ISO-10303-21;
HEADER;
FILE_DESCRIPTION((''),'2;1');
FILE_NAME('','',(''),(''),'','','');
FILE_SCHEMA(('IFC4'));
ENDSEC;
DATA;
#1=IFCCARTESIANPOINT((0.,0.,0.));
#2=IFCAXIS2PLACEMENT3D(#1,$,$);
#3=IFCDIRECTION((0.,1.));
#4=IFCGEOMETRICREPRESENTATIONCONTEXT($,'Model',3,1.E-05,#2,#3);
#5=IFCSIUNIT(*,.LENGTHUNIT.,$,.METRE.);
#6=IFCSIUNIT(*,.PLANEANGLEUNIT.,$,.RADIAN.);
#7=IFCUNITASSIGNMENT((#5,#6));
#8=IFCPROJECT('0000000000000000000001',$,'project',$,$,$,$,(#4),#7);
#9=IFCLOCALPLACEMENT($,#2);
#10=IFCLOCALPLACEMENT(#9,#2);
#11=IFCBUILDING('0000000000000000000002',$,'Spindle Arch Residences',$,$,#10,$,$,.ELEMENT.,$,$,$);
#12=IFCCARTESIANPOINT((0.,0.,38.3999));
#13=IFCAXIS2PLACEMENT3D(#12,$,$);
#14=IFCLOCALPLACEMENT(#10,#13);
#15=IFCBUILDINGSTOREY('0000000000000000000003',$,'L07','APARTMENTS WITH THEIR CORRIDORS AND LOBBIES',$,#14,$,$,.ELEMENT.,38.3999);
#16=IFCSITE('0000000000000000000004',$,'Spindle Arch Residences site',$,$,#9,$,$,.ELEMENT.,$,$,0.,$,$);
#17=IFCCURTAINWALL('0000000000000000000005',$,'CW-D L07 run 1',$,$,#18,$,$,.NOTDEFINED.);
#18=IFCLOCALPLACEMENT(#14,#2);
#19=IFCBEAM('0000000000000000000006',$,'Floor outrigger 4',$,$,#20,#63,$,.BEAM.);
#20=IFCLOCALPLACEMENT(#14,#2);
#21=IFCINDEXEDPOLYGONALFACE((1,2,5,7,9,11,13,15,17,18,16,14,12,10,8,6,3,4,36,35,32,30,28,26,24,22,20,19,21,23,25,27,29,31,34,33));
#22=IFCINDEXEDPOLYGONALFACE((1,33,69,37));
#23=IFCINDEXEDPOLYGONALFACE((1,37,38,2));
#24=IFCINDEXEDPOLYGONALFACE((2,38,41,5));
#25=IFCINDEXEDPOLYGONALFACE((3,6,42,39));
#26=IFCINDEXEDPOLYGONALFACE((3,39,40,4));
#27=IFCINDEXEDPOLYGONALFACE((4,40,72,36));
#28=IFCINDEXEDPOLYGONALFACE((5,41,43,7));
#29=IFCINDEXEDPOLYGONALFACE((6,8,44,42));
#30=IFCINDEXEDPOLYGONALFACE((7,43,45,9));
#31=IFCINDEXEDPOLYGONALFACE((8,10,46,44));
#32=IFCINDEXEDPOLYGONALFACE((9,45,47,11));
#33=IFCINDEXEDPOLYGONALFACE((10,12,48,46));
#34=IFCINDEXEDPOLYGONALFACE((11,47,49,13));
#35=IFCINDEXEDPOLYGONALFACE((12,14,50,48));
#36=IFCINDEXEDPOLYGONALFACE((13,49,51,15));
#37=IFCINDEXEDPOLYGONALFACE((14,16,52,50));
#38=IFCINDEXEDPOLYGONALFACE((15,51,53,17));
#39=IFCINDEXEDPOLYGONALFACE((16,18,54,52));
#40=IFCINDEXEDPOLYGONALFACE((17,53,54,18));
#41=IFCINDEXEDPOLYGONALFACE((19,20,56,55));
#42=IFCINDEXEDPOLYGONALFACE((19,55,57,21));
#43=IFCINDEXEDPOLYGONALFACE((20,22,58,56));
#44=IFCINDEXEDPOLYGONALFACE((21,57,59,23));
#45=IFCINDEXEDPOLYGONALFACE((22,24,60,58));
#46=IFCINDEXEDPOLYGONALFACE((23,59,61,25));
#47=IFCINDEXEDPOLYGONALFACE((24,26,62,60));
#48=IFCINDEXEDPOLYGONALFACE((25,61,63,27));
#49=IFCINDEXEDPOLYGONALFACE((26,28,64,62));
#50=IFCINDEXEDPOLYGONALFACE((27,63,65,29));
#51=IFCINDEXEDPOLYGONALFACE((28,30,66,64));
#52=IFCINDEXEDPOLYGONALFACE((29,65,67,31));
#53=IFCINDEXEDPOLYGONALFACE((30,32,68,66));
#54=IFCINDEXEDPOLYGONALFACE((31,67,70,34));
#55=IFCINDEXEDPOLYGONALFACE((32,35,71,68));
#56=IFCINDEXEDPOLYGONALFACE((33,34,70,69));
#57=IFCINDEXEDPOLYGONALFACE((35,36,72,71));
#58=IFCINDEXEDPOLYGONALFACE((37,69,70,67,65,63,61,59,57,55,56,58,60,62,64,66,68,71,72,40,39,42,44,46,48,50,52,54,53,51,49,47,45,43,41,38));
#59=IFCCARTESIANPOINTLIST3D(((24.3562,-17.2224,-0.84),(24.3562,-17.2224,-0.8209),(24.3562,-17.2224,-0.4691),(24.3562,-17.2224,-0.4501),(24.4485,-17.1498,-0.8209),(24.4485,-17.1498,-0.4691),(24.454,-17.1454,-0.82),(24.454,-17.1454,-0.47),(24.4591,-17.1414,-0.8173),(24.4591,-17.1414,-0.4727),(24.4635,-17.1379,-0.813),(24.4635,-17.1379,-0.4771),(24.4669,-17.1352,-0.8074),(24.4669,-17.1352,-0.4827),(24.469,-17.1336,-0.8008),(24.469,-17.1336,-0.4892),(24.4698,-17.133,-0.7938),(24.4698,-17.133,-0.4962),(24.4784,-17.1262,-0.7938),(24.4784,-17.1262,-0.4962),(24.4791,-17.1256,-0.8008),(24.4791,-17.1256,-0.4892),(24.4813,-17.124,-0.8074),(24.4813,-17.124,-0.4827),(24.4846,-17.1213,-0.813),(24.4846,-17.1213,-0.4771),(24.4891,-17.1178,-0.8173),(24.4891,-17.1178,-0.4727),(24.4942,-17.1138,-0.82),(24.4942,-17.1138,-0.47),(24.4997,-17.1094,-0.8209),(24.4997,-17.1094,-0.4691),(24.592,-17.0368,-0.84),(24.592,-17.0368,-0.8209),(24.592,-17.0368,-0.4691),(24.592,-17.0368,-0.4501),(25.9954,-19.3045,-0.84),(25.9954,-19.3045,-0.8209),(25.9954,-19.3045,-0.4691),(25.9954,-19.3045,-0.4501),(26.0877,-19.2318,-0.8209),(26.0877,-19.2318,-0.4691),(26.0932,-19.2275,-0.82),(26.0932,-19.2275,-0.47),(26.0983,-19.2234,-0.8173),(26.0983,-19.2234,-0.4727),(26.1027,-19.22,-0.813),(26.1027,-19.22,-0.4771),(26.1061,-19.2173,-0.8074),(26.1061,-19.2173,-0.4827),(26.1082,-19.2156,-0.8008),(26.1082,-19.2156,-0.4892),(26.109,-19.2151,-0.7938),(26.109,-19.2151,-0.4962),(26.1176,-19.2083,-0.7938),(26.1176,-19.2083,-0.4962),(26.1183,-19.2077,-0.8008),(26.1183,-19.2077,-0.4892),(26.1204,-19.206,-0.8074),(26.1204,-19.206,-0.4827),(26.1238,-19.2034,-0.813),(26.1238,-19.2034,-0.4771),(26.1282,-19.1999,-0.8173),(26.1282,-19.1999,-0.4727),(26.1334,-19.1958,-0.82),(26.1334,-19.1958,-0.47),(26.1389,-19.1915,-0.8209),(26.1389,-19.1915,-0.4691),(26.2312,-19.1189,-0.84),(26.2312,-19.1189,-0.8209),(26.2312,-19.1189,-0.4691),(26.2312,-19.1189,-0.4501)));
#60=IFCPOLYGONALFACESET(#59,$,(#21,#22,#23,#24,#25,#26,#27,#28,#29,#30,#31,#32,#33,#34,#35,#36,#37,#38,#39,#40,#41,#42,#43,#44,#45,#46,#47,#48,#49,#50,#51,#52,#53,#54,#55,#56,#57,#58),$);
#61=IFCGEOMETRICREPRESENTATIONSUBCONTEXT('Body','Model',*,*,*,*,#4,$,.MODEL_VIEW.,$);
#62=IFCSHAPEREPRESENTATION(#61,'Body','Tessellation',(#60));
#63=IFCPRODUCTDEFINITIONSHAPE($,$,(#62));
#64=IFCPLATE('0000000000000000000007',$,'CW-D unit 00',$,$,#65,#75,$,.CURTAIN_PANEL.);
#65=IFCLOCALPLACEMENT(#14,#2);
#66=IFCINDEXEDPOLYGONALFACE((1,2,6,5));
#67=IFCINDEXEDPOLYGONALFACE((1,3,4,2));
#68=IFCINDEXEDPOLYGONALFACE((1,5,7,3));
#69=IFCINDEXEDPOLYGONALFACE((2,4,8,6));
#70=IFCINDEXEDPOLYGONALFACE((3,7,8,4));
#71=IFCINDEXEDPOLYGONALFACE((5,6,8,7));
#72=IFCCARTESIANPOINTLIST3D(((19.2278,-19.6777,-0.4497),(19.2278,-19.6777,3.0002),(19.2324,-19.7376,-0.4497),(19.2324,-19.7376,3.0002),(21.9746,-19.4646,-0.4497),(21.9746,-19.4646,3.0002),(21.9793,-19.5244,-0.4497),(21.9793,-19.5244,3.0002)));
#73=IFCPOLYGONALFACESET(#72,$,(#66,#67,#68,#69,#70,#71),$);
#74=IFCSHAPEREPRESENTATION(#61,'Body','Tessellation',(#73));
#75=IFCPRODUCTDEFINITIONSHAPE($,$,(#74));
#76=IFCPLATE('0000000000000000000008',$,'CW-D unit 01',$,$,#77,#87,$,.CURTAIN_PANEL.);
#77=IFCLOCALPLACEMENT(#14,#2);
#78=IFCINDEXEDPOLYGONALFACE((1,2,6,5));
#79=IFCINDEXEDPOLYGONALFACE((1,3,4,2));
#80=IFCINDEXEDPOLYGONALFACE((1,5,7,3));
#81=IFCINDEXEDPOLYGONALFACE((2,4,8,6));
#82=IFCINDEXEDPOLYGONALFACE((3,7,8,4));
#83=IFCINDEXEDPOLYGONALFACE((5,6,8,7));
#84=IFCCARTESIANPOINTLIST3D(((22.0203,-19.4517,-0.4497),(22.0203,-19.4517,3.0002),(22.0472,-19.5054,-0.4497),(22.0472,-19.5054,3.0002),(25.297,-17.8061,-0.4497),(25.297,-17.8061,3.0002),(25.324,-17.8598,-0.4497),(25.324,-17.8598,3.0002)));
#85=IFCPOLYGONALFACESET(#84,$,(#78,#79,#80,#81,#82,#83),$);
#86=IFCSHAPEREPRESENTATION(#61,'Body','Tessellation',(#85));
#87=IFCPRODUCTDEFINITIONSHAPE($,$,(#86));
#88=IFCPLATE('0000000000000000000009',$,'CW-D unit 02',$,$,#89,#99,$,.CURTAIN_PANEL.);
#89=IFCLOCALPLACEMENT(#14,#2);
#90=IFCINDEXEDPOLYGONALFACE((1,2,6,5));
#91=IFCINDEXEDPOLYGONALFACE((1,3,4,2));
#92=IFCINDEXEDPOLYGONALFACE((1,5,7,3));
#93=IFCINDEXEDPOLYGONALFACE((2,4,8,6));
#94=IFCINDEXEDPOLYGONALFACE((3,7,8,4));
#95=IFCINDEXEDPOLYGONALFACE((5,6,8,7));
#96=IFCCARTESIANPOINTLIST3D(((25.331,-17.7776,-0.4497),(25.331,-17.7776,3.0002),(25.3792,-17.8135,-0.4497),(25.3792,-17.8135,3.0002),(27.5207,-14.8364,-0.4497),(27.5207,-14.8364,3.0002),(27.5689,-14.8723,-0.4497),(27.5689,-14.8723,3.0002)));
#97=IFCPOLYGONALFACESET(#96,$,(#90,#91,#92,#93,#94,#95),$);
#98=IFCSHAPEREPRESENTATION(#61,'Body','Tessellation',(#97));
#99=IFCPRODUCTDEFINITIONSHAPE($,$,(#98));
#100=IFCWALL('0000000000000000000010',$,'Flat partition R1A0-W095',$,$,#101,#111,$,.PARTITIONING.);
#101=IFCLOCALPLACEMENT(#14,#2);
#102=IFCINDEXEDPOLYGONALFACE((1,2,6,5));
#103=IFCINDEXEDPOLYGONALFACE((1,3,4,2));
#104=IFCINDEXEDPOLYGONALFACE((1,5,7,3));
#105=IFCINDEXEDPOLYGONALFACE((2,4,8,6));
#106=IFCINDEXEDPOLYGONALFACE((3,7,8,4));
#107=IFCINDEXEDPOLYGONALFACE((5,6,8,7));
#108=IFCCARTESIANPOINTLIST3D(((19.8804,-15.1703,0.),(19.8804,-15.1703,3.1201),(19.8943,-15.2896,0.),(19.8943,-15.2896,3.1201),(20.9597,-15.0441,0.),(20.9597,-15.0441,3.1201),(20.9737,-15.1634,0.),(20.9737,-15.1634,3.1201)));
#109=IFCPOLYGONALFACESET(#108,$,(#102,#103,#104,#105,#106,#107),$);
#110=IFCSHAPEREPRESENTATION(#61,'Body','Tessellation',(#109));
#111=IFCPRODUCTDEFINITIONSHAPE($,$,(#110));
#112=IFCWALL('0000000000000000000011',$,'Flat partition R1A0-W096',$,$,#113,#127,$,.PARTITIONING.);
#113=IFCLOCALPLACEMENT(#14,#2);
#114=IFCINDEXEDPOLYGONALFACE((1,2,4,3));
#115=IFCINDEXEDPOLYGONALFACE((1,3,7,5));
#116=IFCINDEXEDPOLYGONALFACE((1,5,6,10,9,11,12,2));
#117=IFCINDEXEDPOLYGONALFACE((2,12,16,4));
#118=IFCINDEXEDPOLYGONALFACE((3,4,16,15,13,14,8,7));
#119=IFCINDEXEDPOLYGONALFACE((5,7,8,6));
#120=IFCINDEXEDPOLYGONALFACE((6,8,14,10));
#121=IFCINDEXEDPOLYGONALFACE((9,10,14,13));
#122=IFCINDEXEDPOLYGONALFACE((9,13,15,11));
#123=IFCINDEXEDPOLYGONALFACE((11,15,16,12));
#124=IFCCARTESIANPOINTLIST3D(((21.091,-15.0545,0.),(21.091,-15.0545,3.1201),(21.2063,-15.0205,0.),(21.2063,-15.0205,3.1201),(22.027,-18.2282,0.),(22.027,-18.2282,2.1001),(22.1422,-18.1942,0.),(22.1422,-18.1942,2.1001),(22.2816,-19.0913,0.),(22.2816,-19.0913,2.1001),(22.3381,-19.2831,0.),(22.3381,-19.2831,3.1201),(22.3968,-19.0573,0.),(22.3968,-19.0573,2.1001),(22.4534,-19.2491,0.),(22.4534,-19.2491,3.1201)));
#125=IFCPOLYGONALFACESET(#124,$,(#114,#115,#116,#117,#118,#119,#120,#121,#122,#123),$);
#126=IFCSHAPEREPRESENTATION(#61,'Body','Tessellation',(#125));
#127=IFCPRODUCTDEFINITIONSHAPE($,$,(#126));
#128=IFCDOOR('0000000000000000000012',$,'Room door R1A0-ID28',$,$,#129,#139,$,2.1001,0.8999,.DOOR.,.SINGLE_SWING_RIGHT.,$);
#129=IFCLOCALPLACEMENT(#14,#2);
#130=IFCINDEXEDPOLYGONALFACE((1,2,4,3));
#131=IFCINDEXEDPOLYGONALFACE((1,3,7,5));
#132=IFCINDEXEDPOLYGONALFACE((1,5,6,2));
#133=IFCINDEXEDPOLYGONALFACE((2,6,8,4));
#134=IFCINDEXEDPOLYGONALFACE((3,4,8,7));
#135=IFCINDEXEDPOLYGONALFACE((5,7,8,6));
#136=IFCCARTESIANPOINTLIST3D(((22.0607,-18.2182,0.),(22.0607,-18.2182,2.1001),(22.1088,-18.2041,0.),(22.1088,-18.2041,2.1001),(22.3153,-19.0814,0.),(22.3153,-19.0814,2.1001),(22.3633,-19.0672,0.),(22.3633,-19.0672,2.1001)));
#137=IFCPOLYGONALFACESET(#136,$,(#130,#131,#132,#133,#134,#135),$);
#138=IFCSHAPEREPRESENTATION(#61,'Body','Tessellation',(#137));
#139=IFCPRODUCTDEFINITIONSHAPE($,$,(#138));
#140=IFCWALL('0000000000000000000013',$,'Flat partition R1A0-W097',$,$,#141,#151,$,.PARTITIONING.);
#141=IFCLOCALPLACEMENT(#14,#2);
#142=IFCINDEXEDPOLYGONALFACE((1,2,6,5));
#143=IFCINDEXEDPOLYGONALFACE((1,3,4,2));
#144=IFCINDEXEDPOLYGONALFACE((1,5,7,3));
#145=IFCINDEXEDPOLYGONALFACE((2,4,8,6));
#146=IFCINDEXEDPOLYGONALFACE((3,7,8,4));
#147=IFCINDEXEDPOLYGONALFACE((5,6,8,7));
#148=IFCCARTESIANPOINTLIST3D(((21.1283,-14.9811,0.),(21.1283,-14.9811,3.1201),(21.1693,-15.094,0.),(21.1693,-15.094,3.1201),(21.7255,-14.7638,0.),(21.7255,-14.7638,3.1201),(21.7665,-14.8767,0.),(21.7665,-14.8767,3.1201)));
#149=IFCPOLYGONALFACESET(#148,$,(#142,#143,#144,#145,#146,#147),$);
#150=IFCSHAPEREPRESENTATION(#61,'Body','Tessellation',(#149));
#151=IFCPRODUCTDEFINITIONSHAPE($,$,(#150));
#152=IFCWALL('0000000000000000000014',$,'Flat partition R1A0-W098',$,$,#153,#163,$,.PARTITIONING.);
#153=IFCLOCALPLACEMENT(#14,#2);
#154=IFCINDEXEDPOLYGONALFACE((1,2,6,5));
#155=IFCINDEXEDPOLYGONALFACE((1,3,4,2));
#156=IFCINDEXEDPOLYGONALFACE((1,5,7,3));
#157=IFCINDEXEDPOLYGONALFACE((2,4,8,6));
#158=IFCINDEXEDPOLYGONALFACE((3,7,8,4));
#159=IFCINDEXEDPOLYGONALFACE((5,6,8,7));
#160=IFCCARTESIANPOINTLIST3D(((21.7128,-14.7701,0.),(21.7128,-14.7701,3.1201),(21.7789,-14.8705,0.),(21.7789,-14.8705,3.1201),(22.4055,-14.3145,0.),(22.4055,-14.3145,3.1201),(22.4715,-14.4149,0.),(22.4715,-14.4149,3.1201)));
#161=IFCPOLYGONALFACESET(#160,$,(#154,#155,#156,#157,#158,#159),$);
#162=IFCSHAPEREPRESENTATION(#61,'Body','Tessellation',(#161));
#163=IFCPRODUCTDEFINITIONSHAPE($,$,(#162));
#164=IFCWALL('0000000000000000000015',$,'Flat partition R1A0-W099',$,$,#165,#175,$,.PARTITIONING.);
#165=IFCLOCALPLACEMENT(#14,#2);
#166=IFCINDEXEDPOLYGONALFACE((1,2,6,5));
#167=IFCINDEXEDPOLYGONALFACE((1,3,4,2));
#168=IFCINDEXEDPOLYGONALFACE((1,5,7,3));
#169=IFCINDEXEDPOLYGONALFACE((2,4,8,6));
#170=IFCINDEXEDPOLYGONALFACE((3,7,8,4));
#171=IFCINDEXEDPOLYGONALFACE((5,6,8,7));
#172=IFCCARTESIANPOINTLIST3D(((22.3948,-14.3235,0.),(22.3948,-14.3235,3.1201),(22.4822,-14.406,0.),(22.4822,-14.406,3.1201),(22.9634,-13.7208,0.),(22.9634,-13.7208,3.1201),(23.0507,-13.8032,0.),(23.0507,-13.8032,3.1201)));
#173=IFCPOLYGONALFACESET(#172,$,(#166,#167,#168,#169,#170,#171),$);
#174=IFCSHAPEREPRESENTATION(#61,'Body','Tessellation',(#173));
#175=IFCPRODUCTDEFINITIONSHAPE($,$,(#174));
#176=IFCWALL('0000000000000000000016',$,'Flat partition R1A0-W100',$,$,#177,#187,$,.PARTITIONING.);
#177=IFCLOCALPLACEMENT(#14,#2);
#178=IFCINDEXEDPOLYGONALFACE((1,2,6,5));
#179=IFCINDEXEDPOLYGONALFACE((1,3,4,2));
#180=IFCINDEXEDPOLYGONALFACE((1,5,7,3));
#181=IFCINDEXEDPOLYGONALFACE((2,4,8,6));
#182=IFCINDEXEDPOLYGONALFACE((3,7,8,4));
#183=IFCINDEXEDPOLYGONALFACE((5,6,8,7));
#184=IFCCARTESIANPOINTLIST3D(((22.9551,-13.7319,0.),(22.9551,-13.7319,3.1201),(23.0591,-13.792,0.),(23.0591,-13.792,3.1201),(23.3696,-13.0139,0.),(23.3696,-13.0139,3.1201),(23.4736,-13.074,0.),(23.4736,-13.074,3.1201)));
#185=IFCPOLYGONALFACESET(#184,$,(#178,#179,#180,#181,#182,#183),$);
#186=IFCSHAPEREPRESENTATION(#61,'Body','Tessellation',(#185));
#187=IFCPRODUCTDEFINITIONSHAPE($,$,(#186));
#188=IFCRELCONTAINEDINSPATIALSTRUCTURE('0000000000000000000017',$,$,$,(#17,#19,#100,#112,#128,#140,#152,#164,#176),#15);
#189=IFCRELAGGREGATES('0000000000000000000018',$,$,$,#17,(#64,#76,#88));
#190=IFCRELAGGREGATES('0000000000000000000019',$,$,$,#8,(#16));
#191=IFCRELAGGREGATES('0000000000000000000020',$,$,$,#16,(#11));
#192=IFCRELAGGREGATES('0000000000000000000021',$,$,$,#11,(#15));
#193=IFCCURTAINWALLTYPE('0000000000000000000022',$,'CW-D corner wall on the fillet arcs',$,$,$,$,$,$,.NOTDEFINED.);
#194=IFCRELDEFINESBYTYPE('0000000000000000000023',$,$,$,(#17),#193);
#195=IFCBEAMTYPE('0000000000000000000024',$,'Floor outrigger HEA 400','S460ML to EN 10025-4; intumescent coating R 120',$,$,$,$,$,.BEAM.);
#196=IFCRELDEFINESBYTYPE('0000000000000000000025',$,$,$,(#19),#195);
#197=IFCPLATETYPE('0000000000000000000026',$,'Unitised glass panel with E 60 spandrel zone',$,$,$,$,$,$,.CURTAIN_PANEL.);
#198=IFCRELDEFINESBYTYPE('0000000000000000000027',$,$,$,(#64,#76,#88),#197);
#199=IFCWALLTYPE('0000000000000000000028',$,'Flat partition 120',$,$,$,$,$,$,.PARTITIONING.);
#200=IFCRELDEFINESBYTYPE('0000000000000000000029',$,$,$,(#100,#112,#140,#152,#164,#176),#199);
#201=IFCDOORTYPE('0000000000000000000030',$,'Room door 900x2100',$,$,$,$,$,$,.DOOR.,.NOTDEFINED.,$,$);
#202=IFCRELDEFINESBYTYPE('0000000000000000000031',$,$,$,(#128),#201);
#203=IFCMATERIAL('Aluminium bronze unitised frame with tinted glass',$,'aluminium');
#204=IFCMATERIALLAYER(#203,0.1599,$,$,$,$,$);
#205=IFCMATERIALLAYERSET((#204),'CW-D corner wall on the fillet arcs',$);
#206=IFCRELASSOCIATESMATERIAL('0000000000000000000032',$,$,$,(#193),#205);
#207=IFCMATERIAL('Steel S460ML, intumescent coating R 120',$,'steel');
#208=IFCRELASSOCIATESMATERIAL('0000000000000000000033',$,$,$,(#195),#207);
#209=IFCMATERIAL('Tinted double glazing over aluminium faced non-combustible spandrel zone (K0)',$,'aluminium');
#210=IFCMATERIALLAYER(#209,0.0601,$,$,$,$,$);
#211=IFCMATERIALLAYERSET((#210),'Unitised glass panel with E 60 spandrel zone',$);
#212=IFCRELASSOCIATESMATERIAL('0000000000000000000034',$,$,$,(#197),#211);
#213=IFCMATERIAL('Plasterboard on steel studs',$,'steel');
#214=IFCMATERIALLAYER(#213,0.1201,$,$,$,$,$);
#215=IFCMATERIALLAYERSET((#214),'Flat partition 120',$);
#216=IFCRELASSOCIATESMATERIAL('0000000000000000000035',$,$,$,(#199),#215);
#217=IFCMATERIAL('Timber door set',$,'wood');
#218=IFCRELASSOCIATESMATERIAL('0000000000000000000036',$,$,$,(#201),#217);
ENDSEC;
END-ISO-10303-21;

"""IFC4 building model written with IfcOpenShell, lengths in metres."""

from ifc_helpers import new_model, si_unit, direction, frame, frame_2d, origin, origin_2d, place, context, subcontext, project, spatial, rectangle, i_section, extrude, material, layer, layer_set, material_profile, profile_set, type_object, element, fill, aggregate, save


model = new_model("IFC4")

# Units and contexts
model_context = context("Model", 3, precision=1e-05, world=origin(), true_north=direction((0.0, 1.0)))
body_context = subcontext(model_context, "Body", "Model", "MODEL_VIEW")
ifc_project = project(units=[si_unit("LENGTHUNIT", "METRE"), si_unit("PLANEANGLEUNIT", "RADIAN")], contexts=[model_context])

# Site, building, storey
site_placement = place(None, origin())
site = spatial("IfcSite", under=ifc_project, at=site_placement, Name="Spindle Arch Residences site", CompositionType="ELEMENT", RefElevation=0.0)
building_placement = place(site_placement, origin())
building = spatial("IfcBuilding", under=site, at=building_placement, Name="Spindle Arch Residences", CompositionType="ELEMENT")
storey_placement = place(building_placement, frame((0.0, 0.0, 38.3999)))
storey = spatial("IfcBuildingStorey", under=building, at=storey_placement, Name="L07", Description="APARTMENTS WITH THEIR CORRIDORS AND LOBBIES", CompositionType="ELEMENT", Elevation=38.3999)

# Curtain wall
ifc_material_1 = material(Name="Aluminium bronze unitised frame with tinted glass", Category="aluminium")
ifc_layer_1 = layer(ifc_material_1, 0.1599)
ifc_layer_set_1 = layer_set([ifc_layer_1], Name="CW-D corner wall on the fillet arcs")
curtain_wall_type = type_object("IfcCurtainWallType", Name="CW-D corner wall on the fillet arcs", PredefinedType="NOTDEFINED", material=ifc_layer_set_1)
curtain_wall_placement = place(storey_placement, origin())
curtain_wall = element("IfcCurtainWall", 1, at=curtain_wall_placement, inside=storey, type_object=curtain_wall_type, Name="CW-D L07 run 1", PredefinedType="NOTDEFINED")

# Beam
ifc_material_2 = material(Name="Steel S460ML, intumescent coating R 120", Category="steel")
ifc_material_profile_1 = material_profile(ifc_material_2, i_section(OverallWidth=0.3, OverallDepth=0.3899, WebThickness=0.011, FlangeThickness=0.019, FilletRadius=0.0271, at=origin_2d()), Name="HEA 400")
ifc_profile_set_1 = profile_set([ifc_material_profile_1], Name="Steel S460ML, intumescent coating R 120")
beam_type_1 = type_object("IfcBeamType", Name="Floor outrigger HEA 400", Description="S460ML to EN 10025-4; intumescent coating R 120", PredefinedType="BEAM", material=ifc_profile_set_1)
beam_1_placement = place(storey_placement, frame((26.1133, -19.2117, -0.645), z_axis=(-0.618586, 0.785717, 0.0), x_axis=(-0.785717, -0.618586, 0.0)))
element("IfcBeam", 2, at=beam_1_placement, inside=storey, type_object=beam_type_1, Name="Floor outrigger 4", PredefinedType="BEAM", context=body_context, shape_type="SweptSolid", body=[
    extrude(i_section(OverallWidth=0.3, OverallDepth=0.3899, WebThickness=0.011, FlangeThickness=0.019, FilletRadius=0.0271, at=origin_2d()), origin(), (0.0, 0.0, 1.0), 2.6499),
])

# Plates
ifc_material_3 = material(Name="Tinted double glazing over aluminium faced non-combustible spandrel zone (K0)", Category="aluminium")
ifc_layer_2 = layer(ifc_material_3, 0.0601)
ifc_layer_set_2 = layer_set([ifc_layer_2], Name="Unitised glass panel with E 60 spandrel zone")
plate_type = type_object("IfcPlateType", Name="Unitised glass panel with E 60 spandrel zone", PredefinedType="CURTAIN_PANEL", material=ifc_layer_set_2)
plate_1_placement = place(storey_placement, frame((20.6035, -19.6011, -0.4497), z_axis=(0.0, 0.0, 1.0), x_axis=(0.997003, 0.077364, 0.0)))
plate_1 = element("IfcPlate", 3, at=plate_1_placement, type_object=plate_type, Name="CW-D unit 00", PredefinedType="CURTAIN_PANEL", context=body_context, shape_type="SweptSolid", body=[
    extrude(rectangle(XDim=2.7551, YDim=0.0601, at=origin_2d()), origin(), (0.0, 0.0, 1.0), 3.45),
])
plate_2_placement = place(storey_placement, frame((23.6721, -18.6558, -0.4497), z_axis=(0.0, 0.0, 1.0), x_axis=(0.893633, 0.448799, 0.0)))
plate_2 = element("IfcPlate", 4, at=plate_2_placement, type_object=plate_type, Name="CW-D unit 01", PredefinedType="CURTAIN_PANEL", context=body_context, shape_type="SweptSolid", body=[
    extrude(rectangle(XDim=3.6667, YDim=0.0601, at=origin_2d()), origin(), (0.0, 0.0, 1.0), 3.45),
])
plate_3_placement = place(storey_placement, frame((26.45, -16.325, -0.4497), z_axis=(0.0, 0.0, 1.0), x_axis=(0.597159, 0.802123, 0.0)))
plate_3 = element("IfcPlate", 5, at=plate_3_placement, type_object=plate_type, Name="CW-D unit 02", PredefinedType="CURTAIN_PANEL", context=body_context, shape_type="SweptSolid", body=[
    extrude(rectangle(XDim=3.6667, YDim=0.0601, at=origin_2d()), origin(), (0.0, 0.0, 1.0), 3.45),
])
aggregate(curtain_wall, [plate_1, plate_2, plate_3])

# Wall
ifc_material_4 = material(Name="Plasterboard on steel studs", Category="steel")
ifc_layer_3 = layer(ifc_material_4, 0.1201)
ifc_layer_set_3 = layer_set([ifc_layer_3], Name="Flat partition 120")
wall_type_1 = type_object("IfcWallType", Name="Flat partition 120", PredefinedType="PARTITIONING", material=ifc_layer_set_3)
wall_1_placement = place(storey_placement, frame((20.9668, -15.1038, 0.0), z_axis=(0.0, 0.0, 1.0), x_axis=(-0.993232, -0.11615, 0.0)))
element("IfcWall", 6, at=wall_1_placement, inside=storey, type_object=wall_type_1, Name="Flat partition R1A0-W095", PredefinedType="PARTITIONING", context=body_context, shape_type="SweptSolid", body=[
    extrude(rectangle(XDim=1.0867, YDim=0.1201, at=frame_2d((0.5435, 0.0))), origin(), (0.0, 0.0, 1.0), 3.1201),
])

# Wall, opening, door
wall_2_placement = place(storey_placement, frame((22.3958, -19.2661, 0.0), z_axis=(0.0, 0.0, 1.0), x_axis=(-0.282874, 0.959157, 0.0)))
wall_2 = element("IfcWall", 7, at=wall_2_placement, inside=storey, type_object=wall_type_1, Name="Flat partition R1A0-W096", PredefinedType="PARTITIONING", context=body_context, shape_type="SweptSolid", body=[
    extrude(rectangle(XDim=4.4087, YDim=0.1201, at=frame_2d((2.2043, 0.0))), origin(), (0.0, 0.0, 1.0), 3.1201),
])
opening_placement = place(wall_2_placement, frame((0.2, 0.0, 0.0)))
opening = element("IfcOpeningElement", 8, at=opening_placement, cuts=wall_2, PredefinedType="OPENING", context=body_context, shape_type="SweptSolid", body=[
    extrude(rectangle(XDim=0.8999, YDim=2.1001, at=frame_2d((0.45, 1.05))), frame((0.0, 0.0701, 0.0), z_axis=(0.0, -1.0, 0.0), x_axis=(1.0, 0.0, 0.0)), (0.0, 0.0, 1.0), 0.1401),
])
ifc_material_5 = material(Name="Timber door set", Category="wood")
door_type = type_object("IfcDoorType", Name="Room door 900x2100", OperationType="NOTDEFINED", PredefinedType="DOOR", material=ifc_material_5)
door_placement = place(opening_placement, origin())
door = element("IfcDoor", 9, at=door_placement, inside=storey, type_object=door_type, Name="Room door R1A0-ID28", OperationType="SINGLE_SWING_RIGHT", OverallHeight=2.1001, OverallWidth=0.8999, PredefinedType="DOOR", context=body_context, shape_type="SweptSolid", body=[
    extrude(rectangle(XDim=0.8999, YDim=2.1001, at=frame_2d((0.45, 1.05))), frame((0.0, 0.0249, 0.0), z_axis=(0.0, -1.0, 0.0), x_axis=(1.0, 0.0, 0.0)), (0.0, 0.0, 1.0), 0.05),
])
fill(opening, door)

# Walls
wall_3_placement = place(storey_placement, frame((21.1487, -15.0376, 0.0), z_axis=(0.0, 0.0, 1.0), x_axis=(0.939726, 0.341928, 0.0)))
element("IfcWall", 10, at=wall_3_placement, inside=storey, type_object=wall_type_1, Name="Flat partition R1A0-W097", PredefinedType="PARTITIONING", context=body_context, shape_type="SweptSolid", body=[
    extrude(rectangle(XDim=0.6355, YDim=0.1201, at=frame_2d((0.3179, 0.0))), origin(), (0.0, 0.0, 1.0), 3.1201),
])
wall_4_placement = place(storey_placement, frame((21.7458, -14.8203, 0.0), z_axis=(0.0, 0.0, 1.0), x_axis=(0.835478, 0.549525, 0.0)))
element("IfcWall", 11, at=wall_4_placement, inside=storey, type_object=wall_type_1, Name="Flat partition R1A0-W098", PredefinedType="PARTITIONING", context=body_context, shape_type="SweptSolid", body=[
    extrude(rectangle(XDim=0.8291, YDim=0.1201, at=frame_2d((0.4146, 0.0))), origin(), (0.0, 0.0, 1.0), 3.1201),
])
wall_5_placement = place(storey_placement, frame((22.4385, -14.3647, 0.0), z_axis=(0.0, 0.0, 1.0), x_axis=(0.686182, 0.72743, 0.0)))
element("IfcWall", 12, at=wall_5_placement, inside=storey, type_object=wall_type_1, Name="Flat partition R1A0-W099", PredefinedType="PARTITIONING", context=body_context, shape_type="SweptSolid", body=[
    extrude(rectangle(XDim=0.8286, YDim=0.1201, at=frame_2d((0.4143, 0.0))), origin(), (0.0, 0.0, 1.0), 3.1201),
])
wall_6_placement = place(storey_placement, frame((23.0071, -13.762, 0.0), z_axis=(0.0, 0.0, 1.0), x_axis=(0.500003, 0.866024, 0.0)))
element("IfcWall", 13, at=wall_6_placement, inside=storey, type_object=wall_type_1, Name="Flat partition R1A0-W100", PredefinedType="PARTITIONING", context=body_context, shape_type="SweptSolid", body=[
    extrude(rectangle(XDim=0.8291, YDim=0.1201, at=frame_2d((0.4146, 0.0))), origin(), (0.0, 0.0, 1.0), 3.1201),
])

save(model, "model.ifc")
